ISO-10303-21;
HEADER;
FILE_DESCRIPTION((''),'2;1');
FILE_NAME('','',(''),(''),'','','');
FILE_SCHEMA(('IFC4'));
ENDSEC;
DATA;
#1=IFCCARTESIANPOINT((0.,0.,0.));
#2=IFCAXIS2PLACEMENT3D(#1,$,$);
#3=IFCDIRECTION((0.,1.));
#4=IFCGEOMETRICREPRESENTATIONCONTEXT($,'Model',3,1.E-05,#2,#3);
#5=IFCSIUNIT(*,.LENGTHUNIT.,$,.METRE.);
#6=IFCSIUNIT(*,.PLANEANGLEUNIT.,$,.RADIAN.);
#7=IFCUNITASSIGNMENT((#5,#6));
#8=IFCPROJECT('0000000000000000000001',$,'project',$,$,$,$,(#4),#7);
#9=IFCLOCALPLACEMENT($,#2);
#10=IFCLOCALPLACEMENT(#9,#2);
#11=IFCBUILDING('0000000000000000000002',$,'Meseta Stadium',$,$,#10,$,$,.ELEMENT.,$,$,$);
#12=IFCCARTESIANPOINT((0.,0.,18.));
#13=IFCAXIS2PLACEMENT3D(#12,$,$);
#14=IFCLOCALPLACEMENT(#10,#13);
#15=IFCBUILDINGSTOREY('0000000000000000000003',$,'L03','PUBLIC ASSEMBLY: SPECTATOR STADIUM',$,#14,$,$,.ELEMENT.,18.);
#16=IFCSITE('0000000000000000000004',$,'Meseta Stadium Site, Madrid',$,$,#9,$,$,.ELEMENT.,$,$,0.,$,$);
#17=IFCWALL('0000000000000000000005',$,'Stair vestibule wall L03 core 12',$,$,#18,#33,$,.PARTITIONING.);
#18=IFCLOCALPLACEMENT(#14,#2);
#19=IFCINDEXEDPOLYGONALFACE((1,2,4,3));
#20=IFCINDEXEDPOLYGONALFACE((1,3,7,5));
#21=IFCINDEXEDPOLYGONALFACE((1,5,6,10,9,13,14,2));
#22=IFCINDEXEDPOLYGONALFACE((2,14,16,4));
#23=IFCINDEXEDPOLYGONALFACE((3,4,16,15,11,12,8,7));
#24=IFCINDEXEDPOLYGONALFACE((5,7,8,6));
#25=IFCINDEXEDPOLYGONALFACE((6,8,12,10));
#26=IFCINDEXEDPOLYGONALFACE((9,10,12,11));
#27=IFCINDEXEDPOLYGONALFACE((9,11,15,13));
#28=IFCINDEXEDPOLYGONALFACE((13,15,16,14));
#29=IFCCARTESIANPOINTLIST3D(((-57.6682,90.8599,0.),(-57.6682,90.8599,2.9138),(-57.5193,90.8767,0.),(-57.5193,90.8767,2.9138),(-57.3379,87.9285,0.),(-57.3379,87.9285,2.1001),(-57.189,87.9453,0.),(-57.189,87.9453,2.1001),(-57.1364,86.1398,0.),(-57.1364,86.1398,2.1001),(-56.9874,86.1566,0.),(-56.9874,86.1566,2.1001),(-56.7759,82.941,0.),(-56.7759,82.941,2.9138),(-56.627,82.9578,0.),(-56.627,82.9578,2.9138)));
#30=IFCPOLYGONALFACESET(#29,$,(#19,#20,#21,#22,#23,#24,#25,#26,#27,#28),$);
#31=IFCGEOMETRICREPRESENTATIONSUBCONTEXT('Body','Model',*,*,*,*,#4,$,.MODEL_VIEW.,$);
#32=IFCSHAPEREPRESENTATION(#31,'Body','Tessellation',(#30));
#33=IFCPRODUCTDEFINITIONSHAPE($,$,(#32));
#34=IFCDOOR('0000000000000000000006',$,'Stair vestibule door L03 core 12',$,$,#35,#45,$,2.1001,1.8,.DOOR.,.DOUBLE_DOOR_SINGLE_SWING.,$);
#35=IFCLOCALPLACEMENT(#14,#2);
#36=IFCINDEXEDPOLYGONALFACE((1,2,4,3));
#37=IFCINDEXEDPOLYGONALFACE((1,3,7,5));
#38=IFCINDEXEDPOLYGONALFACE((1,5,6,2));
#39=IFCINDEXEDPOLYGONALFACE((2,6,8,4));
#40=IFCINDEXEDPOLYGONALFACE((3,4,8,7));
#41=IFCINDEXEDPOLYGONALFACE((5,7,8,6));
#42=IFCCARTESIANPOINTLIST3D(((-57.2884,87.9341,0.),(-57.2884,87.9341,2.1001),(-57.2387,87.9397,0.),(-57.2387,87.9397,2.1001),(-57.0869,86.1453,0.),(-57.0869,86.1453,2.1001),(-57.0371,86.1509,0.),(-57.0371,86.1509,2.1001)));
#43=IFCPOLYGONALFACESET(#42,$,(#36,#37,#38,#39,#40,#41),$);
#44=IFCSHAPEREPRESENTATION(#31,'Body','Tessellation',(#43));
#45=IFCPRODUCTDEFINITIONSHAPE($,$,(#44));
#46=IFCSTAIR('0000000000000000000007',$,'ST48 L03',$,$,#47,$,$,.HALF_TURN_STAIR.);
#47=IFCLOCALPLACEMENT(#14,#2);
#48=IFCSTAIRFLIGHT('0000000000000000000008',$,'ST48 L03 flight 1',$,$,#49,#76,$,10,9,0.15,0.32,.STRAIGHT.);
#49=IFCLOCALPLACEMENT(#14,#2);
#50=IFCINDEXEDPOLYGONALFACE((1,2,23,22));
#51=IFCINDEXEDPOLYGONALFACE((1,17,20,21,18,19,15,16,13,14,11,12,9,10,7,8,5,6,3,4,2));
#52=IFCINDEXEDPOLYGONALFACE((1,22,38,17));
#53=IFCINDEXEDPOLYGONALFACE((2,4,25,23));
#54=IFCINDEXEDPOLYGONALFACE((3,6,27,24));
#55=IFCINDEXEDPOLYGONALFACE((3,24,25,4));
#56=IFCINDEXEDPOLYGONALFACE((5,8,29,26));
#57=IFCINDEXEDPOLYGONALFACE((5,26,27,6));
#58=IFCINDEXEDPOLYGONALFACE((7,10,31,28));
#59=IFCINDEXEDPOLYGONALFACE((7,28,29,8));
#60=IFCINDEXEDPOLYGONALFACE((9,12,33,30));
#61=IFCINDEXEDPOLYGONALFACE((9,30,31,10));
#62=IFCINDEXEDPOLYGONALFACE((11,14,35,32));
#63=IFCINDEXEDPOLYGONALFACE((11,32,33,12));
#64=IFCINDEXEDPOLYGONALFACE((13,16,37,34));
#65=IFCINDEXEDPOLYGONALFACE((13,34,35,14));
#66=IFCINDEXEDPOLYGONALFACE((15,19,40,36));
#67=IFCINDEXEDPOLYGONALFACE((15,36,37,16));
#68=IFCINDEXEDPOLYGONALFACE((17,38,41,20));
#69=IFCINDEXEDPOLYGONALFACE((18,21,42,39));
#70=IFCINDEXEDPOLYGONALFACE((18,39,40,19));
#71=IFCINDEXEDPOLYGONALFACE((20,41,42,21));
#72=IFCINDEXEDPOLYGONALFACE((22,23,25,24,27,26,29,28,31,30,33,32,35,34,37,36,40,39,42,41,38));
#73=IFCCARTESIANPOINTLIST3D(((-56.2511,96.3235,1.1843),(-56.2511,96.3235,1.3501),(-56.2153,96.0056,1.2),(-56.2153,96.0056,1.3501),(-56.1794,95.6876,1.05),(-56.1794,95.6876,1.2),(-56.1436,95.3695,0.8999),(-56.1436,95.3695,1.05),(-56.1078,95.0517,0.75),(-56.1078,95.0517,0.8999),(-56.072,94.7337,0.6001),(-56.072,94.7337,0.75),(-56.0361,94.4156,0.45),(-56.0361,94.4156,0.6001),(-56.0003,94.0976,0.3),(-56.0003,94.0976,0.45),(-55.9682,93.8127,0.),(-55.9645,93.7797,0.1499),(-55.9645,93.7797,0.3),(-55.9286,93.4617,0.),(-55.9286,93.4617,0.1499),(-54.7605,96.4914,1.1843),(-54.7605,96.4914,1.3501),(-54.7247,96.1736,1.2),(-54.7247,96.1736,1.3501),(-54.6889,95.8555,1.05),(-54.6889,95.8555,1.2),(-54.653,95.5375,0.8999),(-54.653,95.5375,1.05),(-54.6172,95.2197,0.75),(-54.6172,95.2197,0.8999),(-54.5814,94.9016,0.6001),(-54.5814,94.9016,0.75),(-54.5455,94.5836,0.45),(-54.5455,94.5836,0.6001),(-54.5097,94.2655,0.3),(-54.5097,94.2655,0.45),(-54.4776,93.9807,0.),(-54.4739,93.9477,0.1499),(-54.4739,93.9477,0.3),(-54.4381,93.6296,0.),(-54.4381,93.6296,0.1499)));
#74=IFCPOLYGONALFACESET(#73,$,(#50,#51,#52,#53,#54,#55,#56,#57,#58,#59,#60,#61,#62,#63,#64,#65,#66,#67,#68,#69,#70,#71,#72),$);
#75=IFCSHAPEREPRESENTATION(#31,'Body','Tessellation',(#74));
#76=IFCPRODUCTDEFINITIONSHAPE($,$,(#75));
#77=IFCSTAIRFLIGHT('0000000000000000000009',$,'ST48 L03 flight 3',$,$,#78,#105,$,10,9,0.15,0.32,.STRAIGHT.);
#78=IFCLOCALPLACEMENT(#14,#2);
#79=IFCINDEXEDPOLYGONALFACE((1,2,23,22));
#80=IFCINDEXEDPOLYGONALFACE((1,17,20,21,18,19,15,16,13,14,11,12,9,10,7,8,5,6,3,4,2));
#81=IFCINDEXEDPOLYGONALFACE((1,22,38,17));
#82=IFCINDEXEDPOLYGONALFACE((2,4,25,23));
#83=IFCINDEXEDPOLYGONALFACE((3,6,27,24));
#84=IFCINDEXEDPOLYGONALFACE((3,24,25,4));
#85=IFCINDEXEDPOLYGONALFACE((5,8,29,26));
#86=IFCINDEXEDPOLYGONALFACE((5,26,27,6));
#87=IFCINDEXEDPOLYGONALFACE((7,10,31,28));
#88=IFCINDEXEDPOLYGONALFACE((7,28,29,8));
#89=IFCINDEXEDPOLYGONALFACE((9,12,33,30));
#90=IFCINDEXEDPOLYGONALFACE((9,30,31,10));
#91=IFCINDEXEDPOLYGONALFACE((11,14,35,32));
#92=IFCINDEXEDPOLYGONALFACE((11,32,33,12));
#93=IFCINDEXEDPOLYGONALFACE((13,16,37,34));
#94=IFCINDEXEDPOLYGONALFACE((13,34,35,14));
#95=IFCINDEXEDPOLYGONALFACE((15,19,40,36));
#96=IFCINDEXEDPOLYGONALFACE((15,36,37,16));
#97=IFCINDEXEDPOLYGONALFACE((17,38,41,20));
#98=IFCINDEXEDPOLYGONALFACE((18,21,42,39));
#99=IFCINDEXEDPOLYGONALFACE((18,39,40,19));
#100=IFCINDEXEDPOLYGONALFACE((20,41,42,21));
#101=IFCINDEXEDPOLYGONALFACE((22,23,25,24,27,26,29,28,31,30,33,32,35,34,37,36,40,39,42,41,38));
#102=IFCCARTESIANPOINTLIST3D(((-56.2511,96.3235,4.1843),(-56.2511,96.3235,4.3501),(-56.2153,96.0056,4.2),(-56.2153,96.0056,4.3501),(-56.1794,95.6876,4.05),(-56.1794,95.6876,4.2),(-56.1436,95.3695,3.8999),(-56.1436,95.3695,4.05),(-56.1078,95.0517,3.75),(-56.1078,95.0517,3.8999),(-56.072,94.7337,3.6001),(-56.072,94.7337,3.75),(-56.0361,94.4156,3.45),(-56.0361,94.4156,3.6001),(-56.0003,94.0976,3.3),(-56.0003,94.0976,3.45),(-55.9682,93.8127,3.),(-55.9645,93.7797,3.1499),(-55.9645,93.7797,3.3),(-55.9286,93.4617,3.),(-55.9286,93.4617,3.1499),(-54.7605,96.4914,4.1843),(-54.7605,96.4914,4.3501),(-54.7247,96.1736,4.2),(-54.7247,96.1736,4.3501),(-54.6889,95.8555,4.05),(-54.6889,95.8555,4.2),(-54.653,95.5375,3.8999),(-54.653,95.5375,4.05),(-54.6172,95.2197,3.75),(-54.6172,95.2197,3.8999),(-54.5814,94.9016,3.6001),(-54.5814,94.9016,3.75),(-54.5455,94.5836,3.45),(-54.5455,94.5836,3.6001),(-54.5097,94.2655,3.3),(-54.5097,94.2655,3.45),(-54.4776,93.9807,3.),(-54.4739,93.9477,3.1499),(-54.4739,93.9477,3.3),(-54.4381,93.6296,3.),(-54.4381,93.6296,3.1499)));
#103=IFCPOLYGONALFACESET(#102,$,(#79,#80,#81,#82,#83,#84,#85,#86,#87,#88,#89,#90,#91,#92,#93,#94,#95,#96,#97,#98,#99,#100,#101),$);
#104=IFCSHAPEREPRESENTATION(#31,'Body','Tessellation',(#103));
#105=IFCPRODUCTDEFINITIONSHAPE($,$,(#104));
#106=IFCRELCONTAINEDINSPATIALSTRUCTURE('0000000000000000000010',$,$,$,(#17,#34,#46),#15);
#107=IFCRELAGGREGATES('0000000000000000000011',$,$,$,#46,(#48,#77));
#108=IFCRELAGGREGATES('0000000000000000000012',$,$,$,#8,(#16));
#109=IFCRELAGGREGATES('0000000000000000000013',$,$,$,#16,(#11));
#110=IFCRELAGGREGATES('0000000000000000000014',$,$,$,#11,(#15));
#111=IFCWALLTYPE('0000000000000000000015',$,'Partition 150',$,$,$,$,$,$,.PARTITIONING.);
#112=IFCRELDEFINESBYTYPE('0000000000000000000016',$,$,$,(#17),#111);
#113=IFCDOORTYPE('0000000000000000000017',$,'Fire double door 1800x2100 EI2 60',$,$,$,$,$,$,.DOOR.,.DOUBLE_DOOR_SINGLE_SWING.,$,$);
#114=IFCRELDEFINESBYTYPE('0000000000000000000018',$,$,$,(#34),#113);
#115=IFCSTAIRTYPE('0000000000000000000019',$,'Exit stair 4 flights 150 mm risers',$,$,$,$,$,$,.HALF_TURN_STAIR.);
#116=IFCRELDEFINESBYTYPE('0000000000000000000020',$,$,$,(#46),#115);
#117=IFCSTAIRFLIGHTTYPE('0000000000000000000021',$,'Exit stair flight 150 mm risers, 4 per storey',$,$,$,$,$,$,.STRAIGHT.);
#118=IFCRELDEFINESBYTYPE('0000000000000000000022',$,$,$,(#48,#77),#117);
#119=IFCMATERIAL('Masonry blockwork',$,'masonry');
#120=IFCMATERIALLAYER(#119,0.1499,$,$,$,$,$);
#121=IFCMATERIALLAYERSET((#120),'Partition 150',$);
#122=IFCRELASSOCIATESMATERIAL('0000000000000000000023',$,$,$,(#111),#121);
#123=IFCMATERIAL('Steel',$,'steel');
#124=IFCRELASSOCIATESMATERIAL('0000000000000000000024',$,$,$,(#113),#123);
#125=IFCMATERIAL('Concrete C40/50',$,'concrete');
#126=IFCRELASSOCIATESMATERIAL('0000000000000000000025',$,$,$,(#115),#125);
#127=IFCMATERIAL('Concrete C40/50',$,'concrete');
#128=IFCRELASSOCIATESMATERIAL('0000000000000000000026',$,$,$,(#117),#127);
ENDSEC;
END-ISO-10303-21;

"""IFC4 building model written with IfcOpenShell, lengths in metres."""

from ifc_helpers import new_model, si_unit, direction, frame, frame_2d, origin, place, context, subcontext, project, spatial, polyline, rectangle, outline, extrude, material, layer, layer_set, type_object, element, fill, aggregate, save


model = new_model("IFC4")

# Units and contexts
model_context = context("Model", 3, precision=1e-05, world=origin(), true_north=direction((0.0, 1.0)))
body_context = subcontext(model_context, "Body", "Model", "MODEL_VIEW")
ifc_project = project(units=[si_unit("LENGTHUNIT", "METRE"), si_unit("PLANEANGLEUNIT", "RADIAN")], contexts=[model_context])

# Site, building, storey
site_placement = place(None, origin())
site = spatial("IfcSite", under=ifc_project, at=site_placement, Name="Meseta Stadium Site, Madrid", CompositionType="ELEMENT", RefElevation=0.0)
building_placement = place(site_placement, origin())
building = spatial("IfcBuilding", under=site, at=building_placement, Name="Meseta Stadium", CompositionType="ELEMENT")
storey_placement = place(building_placement, frame((0.0, 0.0, 18.0)))
storey = spatial("IfcBuildingStorey", under=building, at=storey_placement, Name="L03", Description="PUBLIC ASSEMBLY: SPECTATOR STADIUM", CompositionType="ELEMENT", Elevation=18.0)

# Shared definitions
ifc_material_1 = material(Name="Masonry blockwork", Category="masonry")
ifc_layer_1 = layer(ifc_material_1, 0.1499)
ifc_layer_set_1 = layer_set([ifc_layer_1], Name="Partition 150")
wall_type_1 = type_object("IfcWallType", Name="Partition 150", PredefinedType="PARTITIONING", material=ifc_layer_set_1)

# Wall, opening, door
wall_1_placement = place(storey_placement, frame((-57.5938, 90.8682, 0.0), z_axis=(0.0, 0.0, 1.0), x_axis=(0.111975, -0.993711, 0.0)))
wall_1 = element("IfcWall", 1, at=wall_1_placement, inside=storey, type_object=wall_type_1, Name="Stair vestibule wall L03 core 12", PredefinedType="PARTITIONING", context=body_context, shape_type="SweptSolid", body=[
    extrude(rectangle(XDim=7.969, YDim=0.1499, at=frame_2d((3.9844, 0.0))), origin(), (0.0, 0.0, 1.0), 2.9138),
])
opening_1_placement = place(wall_1_placement, frame((2.95, 0.0, 0.0)))
opening_1 = element("IfcOpeningElement", 2, at=opening_1_placement, cuts=wall_1, PredefinedType="OPENING", context=body_context, shape_type="SweptSolid", body=[
    extrude(rectangle(XDim=1.8, YDim=2.1001, at=frame_2d((0.8999, 1.05))), frame((0.0, 0.085, 0.0), z_axis=(0.0, -1.0, 0.0), x_axis=(1.0, 0.0, 0.0)), (0.0, 0.0, 1.0), 0.1699),
])
ifc_material_2 = material(Name="Steel", Category="steel")
door_type_1 = type_object("IfcDoorType", Name="Fire double door 1800x2100 EI2 60", OperationType="DOUBLE_DOOR_SINGLE_SWING", PredefinedType="DOOR", material=ifc_material_2)
door_1_placement = place(opening_1_placement, origin())
door_1 = element("IfcDoor", 3, at=door_1_placement, inside=storey, type_object=door_type_1, Name="Stair vestibule door L03 core 12", OperationType="DOUBLE_DOOR_SINGLE_SWING", OverallHeight=2.1001, OverallWidth=1.8, PredefinedType="DOOR", context=body_context, shape_type="SweptSolid", body=[
    extrude(rectangle(XDim=1.8, YDim=2.1001, at=frame_2d((0.8999, 1.05))), frame((0.0, 0.0249, 0.0), z_axis=(0.0, -1.0, 0.0), x_axis=(1.0, 0.0, 0.0)), (0.0, 0.0, 1.0), 0.05),
])
fill(opening_1, door_1)

# Stair, stair flights
ifc_material_3 = material(Name="Concrete C40/50", Category="concrete")
stair_type = type_object("IfcStairType", Name="Exit stair 4 flights 150 mm risers", PredefinedType="HALF_TURN_STAIR", material=ifc_material_3)
stair_placement = place(storey_placement, origin())
stair = element("IfcStair", 4, at=stair_placement, inside=storey, type_object=stair_type, Name="ST48 L03", PredefinedType="HALF_TURN_STAIR")
ifc_material_4 = material(Name="Concrete C40/50", Category="concrete")
stair_flight_type = type_object("IfcStairFlightType", Name="Exit stair flight 150 mm risers, 4 per storey", PredefinedType="STRAIGHT", material=ifc_material_4)
stair_flight_1_placement = place(storey_placement, frame((-55.1833, 93.5457, 0.0), z_axis=(0.0, 0.0, 1.0), x_axis=(-0.111964, 0.993712, 0.0)))
stair_flight_1 = element("IfcStairFlight", 5, at=stair_flight_1_placement, type_object=stair_flight_type, Name="ST48 L03 flight 1", NumberOfRisers=10, NumberOfTreads=9, PredefinedType="STRAIGHT", RiserHeight=0.15, TreadLength=0.32, context=body_context, shape_type="SweptSolid", body=[
    extrude(outline(polyline([(0.0, 0.0), (0.0, 0.1499), (0.3201, 0.1499), (0.3201, 0.3), (0.6399, 0.3), (0.6399, 0.45), (0.96, 0.45), (0.96, 0.6001), (1.28, 0.6001), (1.28, 0.75), (1.6001, 0.75), (1.6001, 0.8999), (1.9199, 0.8999), (1.9199, 1.05), (2.24, 1.05), (2.24, 1.2), (2.5601, 1.2), (2.5601, 1.3501), (2.8799, 1.3501), (2.8799, 1.1843), (0.3533, 0.0), (0.0, 0.0)])), frame((0.0, 0.75, 0.0), z_axis=(0.0, -1.0, 0.0), x_axis=(1.0, 0.0, 0.0)), (0.0, 0.0, 1.0), 1.5),
])
stair_flight_2_placement = place(storey_placement, frame((-55.1833, 93.5457, 3.0), z_axis=(0.0, 0.0, 1.0), x_axis=(-0.111964, 0.993712, 0.0)))
stair_flight_2 = element("IfcStairFlight", 6, at=stair_flight_2_placement, type_object=stair_flight_type, Name="ST48 L03 flight 3", NumberOfRisers=10, NumberOfTreads=9, PredefinedType="STRAIGHT", RiserHeight=0.15, TreadLength=0.32, context=body_context, shape_type="SweptSolid", body=[
    extrude(outline(polyline([(0.0, 0.0), (0.0, 0.1499), (0.3201, 0.1499), (0.3201, 0.3), (0.6399, 0.3), (0.6399, 0.45), (0.96, 0.45), (0.96, 0.6001), (1.28, 0.6001), (1.28, 0.75), (1.6001, 0.75), (1.6001, 0.8999), (1.9199, 0.8999), (1.9199, 1.05), (2.24, 1.05), (2.24, 1.2), (2.5601, 1.2), (2.5601, 1.3501), (2.8799, 1.3501), (2.8799, 1.1843), (0.3533, 0.0), (0.0, 0.0)])), frame((0.0, 0.75, 0.0), z_axis=(0.0, -1.0, 0.0), x_axis=(1.0, 0.0, 0.0)), (0.0, 0.0, 1.0), 1.5),
])
aggregate(stair, [stair_flight_1, stair_flight_2])

save(model, "model.ifc")
